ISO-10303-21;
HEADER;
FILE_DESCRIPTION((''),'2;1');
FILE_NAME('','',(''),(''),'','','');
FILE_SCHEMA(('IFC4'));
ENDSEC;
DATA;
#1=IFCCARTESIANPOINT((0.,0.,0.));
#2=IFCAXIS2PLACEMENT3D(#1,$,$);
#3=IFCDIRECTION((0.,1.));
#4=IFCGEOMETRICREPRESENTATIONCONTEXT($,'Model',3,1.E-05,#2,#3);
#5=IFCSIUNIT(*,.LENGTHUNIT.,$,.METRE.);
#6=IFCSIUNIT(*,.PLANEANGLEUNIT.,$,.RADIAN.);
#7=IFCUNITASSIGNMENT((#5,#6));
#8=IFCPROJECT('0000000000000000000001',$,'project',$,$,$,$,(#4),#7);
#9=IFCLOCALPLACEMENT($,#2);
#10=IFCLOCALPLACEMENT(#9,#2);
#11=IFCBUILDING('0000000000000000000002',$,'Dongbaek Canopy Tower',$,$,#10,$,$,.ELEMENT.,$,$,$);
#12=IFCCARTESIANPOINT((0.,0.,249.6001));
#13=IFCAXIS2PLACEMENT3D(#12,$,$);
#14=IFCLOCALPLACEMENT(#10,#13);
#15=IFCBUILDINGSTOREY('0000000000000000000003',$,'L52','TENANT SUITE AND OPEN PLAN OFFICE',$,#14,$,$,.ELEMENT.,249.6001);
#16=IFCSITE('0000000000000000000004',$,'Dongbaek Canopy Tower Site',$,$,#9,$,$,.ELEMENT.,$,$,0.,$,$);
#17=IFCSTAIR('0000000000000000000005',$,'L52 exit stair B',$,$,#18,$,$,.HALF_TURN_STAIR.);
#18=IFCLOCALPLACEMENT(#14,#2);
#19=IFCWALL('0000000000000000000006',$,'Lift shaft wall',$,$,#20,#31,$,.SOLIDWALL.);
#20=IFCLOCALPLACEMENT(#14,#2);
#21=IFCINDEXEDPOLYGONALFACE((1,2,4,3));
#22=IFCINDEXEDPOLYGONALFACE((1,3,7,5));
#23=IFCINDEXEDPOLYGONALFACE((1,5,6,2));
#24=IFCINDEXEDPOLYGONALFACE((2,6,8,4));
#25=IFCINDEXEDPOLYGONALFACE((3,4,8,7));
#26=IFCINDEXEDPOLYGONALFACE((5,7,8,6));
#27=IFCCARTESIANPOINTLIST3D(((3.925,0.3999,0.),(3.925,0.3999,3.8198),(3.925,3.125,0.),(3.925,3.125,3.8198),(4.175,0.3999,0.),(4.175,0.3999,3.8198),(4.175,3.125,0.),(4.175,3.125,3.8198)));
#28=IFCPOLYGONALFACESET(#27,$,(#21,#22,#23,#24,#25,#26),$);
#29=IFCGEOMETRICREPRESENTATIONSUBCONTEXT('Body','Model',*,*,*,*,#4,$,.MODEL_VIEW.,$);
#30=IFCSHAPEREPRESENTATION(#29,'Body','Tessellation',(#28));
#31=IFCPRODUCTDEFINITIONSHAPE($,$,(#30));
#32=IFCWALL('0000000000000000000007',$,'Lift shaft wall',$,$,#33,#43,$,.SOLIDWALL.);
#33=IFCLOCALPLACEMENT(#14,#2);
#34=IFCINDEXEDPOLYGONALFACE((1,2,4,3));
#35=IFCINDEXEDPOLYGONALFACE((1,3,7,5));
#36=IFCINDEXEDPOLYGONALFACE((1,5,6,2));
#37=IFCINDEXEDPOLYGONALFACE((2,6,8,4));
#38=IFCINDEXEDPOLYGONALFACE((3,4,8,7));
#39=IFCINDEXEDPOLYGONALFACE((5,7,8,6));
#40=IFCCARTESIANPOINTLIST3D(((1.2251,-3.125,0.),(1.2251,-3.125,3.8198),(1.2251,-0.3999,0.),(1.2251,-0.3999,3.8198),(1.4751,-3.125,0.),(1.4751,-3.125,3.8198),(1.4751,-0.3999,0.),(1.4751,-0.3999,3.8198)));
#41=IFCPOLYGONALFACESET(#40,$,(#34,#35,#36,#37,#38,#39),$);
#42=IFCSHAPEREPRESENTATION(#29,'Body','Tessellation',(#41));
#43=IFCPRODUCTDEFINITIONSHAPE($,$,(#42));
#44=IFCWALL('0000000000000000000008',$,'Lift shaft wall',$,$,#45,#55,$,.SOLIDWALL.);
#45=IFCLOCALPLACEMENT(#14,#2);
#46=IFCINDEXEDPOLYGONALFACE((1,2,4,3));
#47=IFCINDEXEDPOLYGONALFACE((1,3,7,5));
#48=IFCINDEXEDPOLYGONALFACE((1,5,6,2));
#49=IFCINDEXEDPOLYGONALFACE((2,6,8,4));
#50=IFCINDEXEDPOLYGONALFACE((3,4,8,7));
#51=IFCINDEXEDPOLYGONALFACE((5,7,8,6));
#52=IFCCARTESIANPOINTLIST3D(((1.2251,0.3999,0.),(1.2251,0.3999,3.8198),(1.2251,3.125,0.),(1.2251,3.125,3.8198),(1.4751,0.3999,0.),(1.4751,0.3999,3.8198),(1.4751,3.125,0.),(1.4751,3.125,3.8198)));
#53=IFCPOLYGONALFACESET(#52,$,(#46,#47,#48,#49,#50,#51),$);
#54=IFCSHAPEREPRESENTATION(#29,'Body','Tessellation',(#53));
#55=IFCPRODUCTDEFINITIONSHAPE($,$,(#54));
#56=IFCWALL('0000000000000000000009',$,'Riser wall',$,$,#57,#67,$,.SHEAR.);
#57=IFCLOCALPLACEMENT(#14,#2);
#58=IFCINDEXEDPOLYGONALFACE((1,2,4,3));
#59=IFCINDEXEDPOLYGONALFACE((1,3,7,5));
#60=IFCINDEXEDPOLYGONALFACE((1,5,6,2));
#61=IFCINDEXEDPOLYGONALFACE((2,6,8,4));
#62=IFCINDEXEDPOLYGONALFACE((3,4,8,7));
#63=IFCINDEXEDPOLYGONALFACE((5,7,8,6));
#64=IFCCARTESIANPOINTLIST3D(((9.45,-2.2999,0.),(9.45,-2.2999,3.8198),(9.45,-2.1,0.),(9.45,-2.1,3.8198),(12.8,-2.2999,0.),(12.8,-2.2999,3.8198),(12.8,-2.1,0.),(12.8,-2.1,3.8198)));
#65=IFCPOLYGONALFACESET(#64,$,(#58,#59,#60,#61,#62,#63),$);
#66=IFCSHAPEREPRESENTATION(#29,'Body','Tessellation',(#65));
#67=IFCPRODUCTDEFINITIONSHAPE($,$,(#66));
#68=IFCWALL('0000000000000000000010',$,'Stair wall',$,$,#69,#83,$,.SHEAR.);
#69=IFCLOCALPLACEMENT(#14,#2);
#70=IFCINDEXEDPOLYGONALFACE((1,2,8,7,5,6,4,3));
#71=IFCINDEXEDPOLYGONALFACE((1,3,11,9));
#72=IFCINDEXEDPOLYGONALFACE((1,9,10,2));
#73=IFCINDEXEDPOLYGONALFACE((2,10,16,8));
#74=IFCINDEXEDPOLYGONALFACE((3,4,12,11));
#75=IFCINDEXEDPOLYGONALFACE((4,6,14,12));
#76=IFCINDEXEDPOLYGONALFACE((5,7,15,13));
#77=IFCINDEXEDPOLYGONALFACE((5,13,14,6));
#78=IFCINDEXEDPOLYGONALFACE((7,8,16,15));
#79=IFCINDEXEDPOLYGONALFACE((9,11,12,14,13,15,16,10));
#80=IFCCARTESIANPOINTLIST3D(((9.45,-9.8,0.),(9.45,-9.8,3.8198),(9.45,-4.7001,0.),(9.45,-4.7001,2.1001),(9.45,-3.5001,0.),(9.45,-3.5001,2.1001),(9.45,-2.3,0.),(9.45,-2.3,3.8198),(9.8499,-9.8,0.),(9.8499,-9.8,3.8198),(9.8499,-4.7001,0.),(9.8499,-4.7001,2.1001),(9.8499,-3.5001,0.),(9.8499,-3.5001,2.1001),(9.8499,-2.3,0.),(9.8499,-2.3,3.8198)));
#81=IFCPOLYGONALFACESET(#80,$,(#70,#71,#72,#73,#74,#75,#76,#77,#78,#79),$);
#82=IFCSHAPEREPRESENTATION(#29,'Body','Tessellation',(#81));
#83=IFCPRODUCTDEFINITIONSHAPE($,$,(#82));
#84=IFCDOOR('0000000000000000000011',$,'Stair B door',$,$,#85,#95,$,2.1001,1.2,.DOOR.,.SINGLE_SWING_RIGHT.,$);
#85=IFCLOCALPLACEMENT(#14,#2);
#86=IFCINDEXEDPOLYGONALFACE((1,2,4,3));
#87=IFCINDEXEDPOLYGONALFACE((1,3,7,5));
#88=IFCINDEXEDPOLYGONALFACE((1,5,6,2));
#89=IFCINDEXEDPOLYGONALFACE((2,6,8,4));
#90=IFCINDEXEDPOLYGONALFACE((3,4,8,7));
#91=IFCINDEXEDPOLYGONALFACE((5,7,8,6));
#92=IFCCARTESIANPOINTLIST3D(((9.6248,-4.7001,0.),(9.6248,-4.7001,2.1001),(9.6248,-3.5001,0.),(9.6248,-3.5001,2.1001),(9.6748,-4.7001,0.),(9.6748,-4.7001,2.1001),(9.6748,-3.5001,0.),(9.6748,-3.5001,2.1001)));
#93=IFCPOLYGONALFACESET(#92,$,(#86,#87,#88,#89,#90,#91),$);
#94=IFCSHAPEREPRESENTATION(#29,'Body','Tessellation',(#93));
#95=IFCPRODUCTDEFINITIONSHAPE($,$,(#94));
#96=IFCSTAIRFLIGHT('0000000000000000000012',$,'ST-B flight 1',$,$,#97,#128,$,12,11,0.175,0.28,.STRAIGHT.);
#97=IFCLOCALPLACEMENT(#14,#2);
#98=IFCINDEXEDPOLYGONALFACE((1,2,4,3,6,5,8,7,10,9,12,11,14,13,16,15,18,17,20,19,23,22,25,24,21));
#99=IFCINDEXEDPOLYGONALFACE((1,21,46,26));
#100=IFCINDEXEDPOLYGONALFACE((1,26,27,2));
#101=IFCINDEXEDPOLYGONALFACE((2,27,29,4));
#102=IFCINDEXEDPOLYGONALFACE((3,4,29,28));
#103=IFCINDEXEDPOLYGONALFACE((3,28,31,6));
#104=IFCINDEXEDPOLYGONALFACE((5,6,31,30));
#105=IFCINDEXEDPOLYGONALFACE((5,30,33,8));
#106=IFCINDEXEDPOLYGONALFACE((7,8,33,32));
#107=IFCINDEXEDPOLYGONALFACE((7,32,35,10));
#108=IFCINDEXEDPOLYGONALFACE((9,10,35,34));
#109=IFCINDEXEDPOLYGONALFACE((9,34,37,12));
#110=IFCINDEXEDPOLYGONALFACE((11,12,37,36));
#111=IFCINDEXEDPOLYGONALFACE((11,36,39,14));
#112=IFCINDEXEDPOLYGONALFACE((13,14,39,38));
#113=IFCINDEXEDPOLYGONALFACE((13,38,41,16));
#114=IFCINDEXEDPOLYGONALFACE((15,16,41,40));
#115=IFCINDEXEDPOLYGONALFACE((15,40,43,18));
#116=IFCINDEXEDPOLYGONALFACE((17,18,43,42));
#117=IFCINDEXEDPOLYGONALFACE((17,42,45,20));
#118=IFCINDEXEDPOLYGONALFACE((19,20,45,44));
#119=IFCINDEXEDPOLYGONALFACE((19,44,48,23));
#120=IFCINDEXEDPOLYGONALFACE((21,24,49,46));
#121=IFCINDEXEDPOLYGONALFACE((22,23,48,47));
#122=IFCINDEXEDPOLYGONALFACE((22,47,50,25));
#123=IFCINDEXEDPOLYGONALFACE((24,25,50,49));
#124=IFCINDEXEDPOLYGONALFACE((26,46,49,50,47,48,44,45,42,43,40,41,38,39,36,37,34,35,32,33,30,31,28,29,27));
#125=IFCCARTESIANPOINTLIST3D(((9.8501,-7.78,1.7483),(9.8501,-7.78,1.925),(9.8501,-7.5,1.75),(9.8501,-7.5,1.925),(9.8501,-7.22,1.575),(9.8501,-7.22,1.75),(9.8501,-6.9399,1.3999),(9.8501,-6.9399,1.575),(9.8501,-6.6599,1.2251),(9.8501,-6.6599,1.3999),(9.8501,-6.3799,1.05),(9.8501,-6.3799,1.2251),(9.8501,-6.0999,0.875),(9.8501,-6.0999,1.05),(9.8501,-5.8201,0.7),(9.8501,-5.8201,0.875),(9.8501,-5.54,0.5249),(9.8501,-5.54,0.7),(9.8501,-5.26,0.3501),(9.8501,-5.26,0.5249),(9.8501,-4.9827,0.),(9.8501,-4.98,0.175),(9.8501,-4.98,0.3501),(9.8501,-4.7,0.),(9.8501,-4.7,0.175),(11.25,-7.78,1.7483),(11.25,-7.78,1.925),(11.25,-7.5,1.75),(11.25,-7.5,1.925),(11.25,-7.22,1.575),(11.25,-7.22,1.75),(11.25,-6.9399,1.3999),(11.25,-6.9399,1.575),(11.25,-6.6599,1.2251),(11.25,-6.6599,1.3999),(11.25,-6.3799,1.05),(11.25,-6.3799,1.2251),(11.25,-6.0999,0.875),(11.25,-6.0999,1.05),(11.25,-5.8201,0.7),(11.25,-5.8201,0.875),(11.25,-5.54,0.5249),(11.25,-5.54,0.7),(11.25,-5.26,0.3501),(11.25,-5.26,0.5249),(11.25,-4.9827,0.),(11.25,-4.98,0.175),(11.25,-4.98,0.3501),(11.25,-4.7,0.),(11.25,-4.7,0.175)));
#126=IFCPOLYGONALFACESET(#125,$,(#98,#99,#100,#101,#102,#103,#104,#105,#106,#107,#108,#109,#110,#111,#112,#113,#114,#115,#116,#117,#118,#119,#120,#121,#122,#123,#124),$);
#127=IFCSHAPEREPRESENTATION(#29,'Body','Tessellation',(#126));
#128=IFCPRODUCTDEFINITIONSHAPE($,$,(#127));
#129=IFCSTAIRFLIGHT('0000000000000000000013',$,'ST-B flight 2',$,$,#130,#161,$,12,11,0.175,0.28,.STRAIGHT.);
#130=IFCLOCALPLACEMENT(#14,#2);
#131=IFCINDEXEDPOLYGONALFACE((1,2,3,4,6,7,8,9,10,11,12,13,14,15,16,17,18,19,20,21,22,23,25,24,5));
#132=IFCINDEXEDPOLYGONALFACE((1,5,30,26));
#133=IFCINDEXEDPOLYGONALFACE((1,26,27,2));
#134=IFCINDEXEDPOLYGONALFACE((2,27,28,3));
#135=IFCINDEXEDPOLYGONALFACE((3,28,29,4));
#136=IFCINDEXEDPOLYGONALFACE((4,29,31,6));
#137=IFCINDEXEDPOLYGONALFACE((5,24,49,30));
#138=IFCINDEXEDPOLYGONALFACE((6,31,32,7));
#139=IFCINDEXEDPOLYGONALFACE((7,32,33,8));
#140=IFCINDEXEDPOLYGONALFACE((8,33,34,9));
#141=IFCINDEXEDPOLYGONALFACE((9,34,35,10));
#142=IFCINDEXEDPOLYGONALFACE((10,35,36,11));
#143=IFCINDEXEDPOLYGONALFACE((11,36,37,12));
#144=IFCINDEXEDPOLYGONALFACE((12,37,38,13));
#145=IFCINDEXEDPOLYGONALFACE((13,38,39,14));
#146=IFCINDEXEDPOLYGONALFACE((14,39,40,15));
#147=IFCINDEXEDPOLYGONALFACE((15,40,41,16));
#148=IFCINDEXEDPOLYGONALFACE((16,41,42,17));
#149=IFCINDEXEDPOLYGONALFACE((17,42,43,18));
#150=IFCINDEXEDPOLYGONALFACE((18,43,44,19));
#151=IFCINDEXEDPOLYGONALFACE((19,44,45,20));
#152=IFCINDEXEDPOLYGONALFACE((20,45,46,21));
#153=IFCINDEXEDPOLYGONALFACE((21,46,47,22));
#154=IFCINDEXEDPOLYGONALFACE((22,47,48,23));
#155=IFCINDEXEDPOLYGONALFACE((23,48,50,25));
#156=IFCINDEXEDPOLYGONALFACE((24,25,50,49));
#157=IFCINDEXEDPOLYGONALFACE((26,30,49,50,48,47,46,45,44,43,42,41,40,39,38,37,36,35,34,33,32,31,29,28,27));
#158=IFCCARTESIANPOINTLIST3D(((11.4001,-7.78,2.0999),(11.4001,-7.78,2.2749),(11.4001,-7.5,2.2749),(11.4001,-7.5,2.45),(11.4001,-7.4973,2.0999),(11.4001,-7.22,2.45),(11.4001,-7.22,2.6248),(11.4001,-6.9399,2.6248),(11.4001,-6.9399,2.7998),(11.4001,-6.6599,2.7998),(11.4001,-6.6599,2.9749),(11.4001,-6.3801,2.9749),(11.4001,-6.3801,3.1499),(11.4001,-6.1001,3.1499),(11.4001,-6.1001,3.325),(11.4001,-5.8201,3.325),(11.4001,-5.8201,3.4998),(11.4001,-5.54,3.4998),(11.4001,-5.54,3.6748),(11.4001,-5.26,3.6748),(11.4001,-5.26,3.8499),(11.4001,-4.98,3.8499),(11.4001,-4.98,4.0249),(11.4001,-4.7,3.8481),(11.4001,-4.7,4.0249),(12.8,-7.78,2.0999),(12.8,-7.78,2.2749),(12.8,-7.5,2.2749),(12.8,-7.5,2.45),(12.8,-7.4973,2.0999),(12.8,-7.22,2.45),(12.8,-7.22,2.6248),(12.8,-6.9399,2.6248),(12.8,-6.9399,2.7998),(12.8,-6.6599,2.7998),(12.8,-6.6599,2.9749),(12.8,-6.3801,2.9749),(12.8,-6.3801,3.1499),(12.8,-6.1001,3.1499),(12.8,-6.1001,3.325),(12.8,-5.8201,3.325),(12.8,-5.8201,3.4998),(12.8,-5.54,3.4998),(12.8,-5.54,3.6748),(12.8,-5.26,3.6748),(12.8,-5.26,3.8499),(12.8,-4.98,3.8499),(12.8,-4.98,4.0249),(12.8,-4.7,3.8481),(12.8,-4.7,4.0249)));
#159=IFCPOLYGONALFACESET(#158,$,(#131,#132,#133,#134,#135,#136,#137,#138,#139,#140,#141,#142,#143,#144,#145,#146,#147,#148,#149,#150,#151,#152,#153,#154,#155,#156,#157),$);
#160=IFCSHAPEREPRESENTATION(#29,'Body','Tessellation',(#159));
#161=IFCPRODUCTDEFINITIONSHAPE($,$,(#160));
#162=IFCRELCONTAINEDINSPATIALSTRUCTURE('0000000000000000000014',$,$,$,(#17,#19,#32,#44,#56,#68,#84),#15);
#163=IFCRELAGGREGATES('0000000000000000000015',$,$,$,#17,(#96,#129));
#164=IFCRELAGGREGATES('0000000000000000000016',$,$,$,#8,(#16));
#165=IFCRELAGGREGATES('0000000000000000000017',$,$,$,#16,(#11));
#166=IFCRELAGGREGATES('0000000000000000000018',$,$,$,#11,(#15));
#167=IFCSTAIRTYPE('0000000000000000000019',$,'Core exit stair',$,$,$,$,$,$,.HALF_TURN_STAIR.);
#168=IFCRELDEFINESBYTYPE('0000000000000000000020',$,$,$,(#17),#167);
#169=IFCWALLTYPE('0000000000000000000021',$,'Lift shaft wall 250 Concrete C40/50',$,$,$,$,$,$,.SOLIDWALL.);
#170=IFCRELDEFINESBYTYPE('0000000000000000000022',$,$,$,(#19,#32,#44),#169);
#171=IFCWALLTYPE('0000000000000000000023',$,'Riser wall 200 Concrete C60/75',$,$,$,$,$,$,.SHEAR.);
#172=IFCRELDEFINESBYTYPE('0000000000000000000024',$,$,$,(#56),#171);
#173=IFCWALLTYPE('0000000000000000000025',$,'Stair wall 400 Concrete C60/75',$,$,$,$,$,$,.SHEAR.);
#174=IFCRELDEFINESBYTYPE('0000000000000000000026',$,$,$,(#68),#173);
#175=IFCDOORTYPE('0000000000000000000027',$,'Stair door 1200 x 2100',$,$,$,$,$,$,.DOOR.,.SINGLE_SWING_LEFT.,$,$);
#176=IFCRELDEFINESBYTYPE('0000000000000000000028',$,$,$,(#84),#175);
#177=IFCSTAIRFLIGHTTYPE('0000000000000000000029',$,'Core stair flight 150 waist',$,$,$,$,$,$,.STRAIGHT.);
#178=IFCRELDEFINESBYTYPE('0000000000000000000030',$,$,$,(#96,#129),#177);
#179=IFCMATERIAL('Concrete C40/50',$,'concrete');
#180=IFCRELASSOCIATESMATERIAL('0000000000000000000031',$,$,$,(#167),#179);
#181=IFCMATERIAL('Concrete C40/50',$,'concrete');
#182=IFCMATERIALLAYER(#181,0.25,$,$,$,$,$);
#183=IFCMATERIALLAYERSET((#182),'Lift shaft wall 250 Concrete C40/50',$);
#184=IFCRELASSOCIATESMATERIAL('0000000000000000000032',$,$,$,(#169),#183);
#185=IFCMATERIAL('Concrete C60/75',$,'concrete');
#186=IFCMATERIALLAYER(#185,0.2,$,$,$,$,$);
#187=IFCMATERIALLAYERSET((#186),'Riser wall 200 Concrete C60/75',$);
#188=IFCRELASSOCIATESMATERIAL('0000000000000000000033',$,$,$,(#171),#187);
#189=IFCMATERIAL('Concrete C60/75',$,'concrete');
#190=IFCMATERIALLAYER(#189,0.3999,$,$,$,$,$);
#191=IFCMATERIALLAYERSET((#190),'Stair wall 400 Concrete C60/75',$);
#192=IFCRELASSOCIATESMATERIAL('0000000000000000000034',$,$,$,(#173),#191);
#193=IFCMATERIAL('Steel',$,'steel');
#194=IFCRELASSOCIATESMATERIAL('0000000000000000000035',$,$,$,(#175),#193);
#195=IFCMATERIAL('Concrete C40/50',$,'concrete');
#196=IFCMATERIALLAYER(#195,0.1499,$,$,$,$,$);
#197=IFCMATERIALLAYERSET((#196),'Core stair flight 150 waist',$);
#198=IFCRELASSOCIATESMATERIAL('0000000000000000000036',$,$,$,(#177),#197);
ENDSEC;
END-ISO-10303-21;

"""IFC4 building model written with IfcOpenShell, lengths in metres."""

from ifc_helpers import new_model, si_unit, direction, frame, frame_2d, origin, place, context, subcontext, project, spatial, polyline, rectangle, outline, extrude, material, layer, layer_set, type_object, element, fill, aggregate, save


model = new_model("IFC4")

# Units and contexts
model_context = context("Model", 3, precision=1e-05, world=origin(), true_north=direction((0.0, 1.0)))
body_context = subcontext(model_context, "Body", "Model", "MODEL_VIEW")
ifc_project = project(units=[si_unit("LENGTHUNIT", "METRE"), si_unit("PLANEANGLEUNIT", "RADIAN")], contexts=[model_context])

# Site, building, storey
site_placement = place(None, origin())
site = spatial("IfcSite", under=ifc_project, at=site_placement, Name="Dongbaek Canopy Tower Site", CompositionType="ELEMENT", RefElevation=0.0)
building_placement = place(site_placement, origin())
building = spatial("IfcBuilding", under=site, at=building_placement, Name="Dongbaek Canopy Tower", CompositionType="ELEMENT")
storey_placement = place(building_placement, frame((0.0, 0.0, 249.6001)))
storey = spatial("IfcBuildingStorey", under=building, at=storey_placement, Name="L52", Description="TENANT SUITE AND OPEN PLAN OFFICE", CompositionType="ELEMENT", Elevation=249.6001)

# Stair
ifc_material_1 = material(Name="Concrete C40/50", Category="concrete")
stair_type = type_object("IfcStairType", Name="Core exit stair", PredefinedType="HALF_TURN_STAIR", material=ifc_material_1)
stair_1_placement = place(storey_placement, origin())
stair_1 = element("IfcStair", 1, at=stair_1_placement, inside=storey, type_object=stair_type, Name="L52 exit stair B", PredefinedType="HALF_TURN_STAIR")

# Walls
ifc_material_2 = material(Name="Concrete C40/50", Category="concrete")
ifc_layer_1 = layer(ifc_material_2, 0.25)
ifc_layer_set_1 = layer_set([ifc_layer_1], Name="Lift shaft wall 250 Concrete C40/50")
wall_type_1 = type_object("IfcWallType", Name="Lift shaft wall 250 Concrete C40/50", PredefinedType="SOLIDWALL", material=ifc_layer_set_1)
for number, where, z_axis, x_axis, name in (
    (2, (4.05, 0.3999, 0.0), (0.0, 0.0, 1.0), (0.0, 1.0, 0.0), "Lift shaft wall"),
    (3, (1.3501, -3.125, 0.0), (0.0, 0.0, 1.0), (0.0, 1.0, 0.0), "Lift shaft wall"),
    (4, (1.3501, 0.3999, 0.0), (0.0, 0.0, 1.0), (0.0, 1.0, 0.0), "Lift shaft wall"),
):
    element("IfcWall", number, at=place(storey_placement, frame(where, z_axis=z_axis, x_axis=x_axis)), inside=storey, type_object=wall_type_1, Name=name, PredefinedType="SOLIDWALL", context=body_context, shape_type="SweptSolid", body=[
        extrude(rectangle(XDim=2.7251, YDim=0.25, at=frame_2d((1.3625, 0.0))), origin(), (0.0, 0.0, 1.0), 3.8198),
    ])
ifc_material_3 = material(Name="Concrete C60/75", Category="concrete")
ifc_layer_2 = layer(ifc_material_3, 0.2)
ifc_layer_set_2 = layer_set([ifc_layer_2], Name="Riser wall 200 Concrete C60/75")
wall_type_2 = type_object("IfcWallType", Name="Riser wall 200 Concrete C60/75", PredefinedType="SHEAR", material=ifc_layer_set_2)
wall_1_placement = place(storey_placement, frame((9.45, -2.2, 0.0), z_axis=(0.0, 0.0, 1.0), x_axis=(1.0, 0.0, 0.0)))
element("IfcWall", 5, at=wall_1_placement, inside=storey, type_object=wall_type_2, Name="Riser wall", PredefinedType="SHEAR", context=body_context, shape_type="SweptSolid", body=[
    extrude(rectangle(XDim=3.3501, YDim=0.2, at=frame_2d((1.675, 0.0))), origin(), (0.0, 0.0, 1.0), 3.8198),
])

# Wall, opening, door
ifc_material_4 = material(Name="Concrete C60/75", Category="concrete")
ifc_layer_3 = layer(ifc_material_4, 0.3999)
ifc_layer_set_3 = layer_set([ifc_layer_3], Name="Stair wall 400 Concrete C60/75")
wall_type_3 = type_object("IfcWallType", Name="Stair wall 400 Concrete C60/75", PredefinedType="SHEAR", material=ifc_layer_set_3)
wall_2_placement = place(storey_placement, frame((9.6499, -2.3, 0.0), z_axis=(0.0, 0.0, 1.0), x_axis=(0.0, -1.0, 0.0)))
wall_2 = element("IfcWall", 6, at=wall_2_placement, inside=storey, type_object=wall_type_3, Name="Stair wall", PredefinedType="SHEAR", context=body_context, shape_type="SweptSolid", body=[
    extrude(rectangle(XDim=7.5, YDim=0.3999, at=frame_2d((3.75, 0.0))), origin(), (0.0, 0.0, 1.0), 3.8198),
])
opening_1_placement = place(wall_2_placement, frame((1.2, 0.0, 0.0)))
opening_1 = element("IfcOpeningElement", 7, at=opening_1_placement, cuts=wall_2, PredefinedType="OPENING", context=body_context, shape_type="SweptSolid", body=[
    extrude(rectangle(XDim=1.2, YDim=2.1001, at=frame_2d((0.6001, 1.05))), frame((0.0, 0.21, 0.0), z_axis=(0.0, -1.0, 0.0), x_axis=(1.0, 0.0, 0.0)), (0.0, 0.0, 1.0), 0.4199),
])
ifc_material_5 = material(Name="Steel", Category="steel")
door_type_1 = type_object("IfcDoorType", Name="Stair door 1200 x 2100", OperationType="SINGLE_SWING_LEFT", PredefinedType="DOOR", material=ifc_material_5)
door_1_placement = place(opening_1_placement, origin())
door_1 = element("IfcDoor", 8, at=door_1_placement, inside=storey, type_object=door_type_1, Name="Stair B door", OperationType="SINGLE_SWING_RIGHT", OverallHeight=2.1001, OverallWidth=1.2, PredefinedType="DOOR", context=body_context, shape_type="SweptSolid", body=[
    extrude(rectangle(XDim=1.2, YDim=2.1001, at=frame_2d((0.6001, 1.05))), frame((0.0, 0.0249, 0.0), z_axis=(0.0, -1.0, 0.0), x_axis=(1.0, 0.0, 0.0)), (0.0, 0.0, 1.0), 0.05),
])
fill(opening_1, door_1)

# Stair flights
ifc_material_6 = material(Name="Concrete C40/50", Category="concrete")
ifc_layer_4 = layer(ifc_material_6, 0.1499)
ifc_layer_set_4 = layer_set([ifc_layer_4], Name="Core stair flight 150 waist")
stair_flight_type = type_object("IfcStairFlightType", Name="Core stair flight 150 waist", PredefinedType="STRAIGHT", material=ifc_layer_set_4)
stair_flight_1_placement = place(storey_placement, frame((10.55, -4.7, 0.0), z_axis=(0.0, 0.0, 1.0), x_axis=(0.0, -1.0, 0.0)))
stair_flight_1 = element("IfcStairFlight", 9, at=stair_flight_1_placement, type_object=stair_flight_type, Name="ST-B flight 1", NumberOfRisers=12, NumberOfTreads=11, PredefinedType="STRAIGHT", RiserHeight=0.175, TreadLength=0.28, context=body_context, shape_type="SweptSolid", body=[
    extrude(outline(polyline([(0.0, 0.0), (0.0, 0.175), (0.28, 0.175), (0.28, 0.3501), (0.5601, 0.3501), (0.5601, 0.5249), (0.8401, 0.5249), (0.8401, 0.7), (1.1201, 0.7), (1.1201, 0.875), (1.3999, 0.875), (1.3999, 1.05), (1.6799, 1.05), (1.6799, 1.2251), (1.96, 1.2251), (1.96, 1.3999), (2.24, 1.3999), (2.24, 1.575), (2.52, 1.575), (2.52, 1.75), (2.8, 1.75), (2.8, 1.925), (3.0801, 1.925), (3.0801, 2.1001), (3.0801, 1.7483), (0.2827, 0.0), (0.0, 0.0)])), frame((0.0, 0.7, 0.0), z_axis=(0.0, -1.0, 0.0), x_axis=(1.0, 0.0, 0.0)), (0.0, 0.0, 1.0), 1.3999),
])
stair_flight_2_placement = place(storey_placement, frame((12.1001, -7.78, 2.0999), z_axis=(0.0, 0.0, 1.0), x_axis=(0.0, 1.0, 0.0)))
stair_flight_2 = element("IfcStairFlight", 10, at=stair_flight_2_placement, type_object=stair_flight_type, Name="ST-B flight 2", NumberOfRisers=12, NumberOfTreads=11, PredefinedType="STRAIGHT", RiserHeight=0.175, TreadLength=0.28, context=body_context, shape_type="SweptSolid", body=[
    extrude(outline(polyline([(0.0, 0.0), (0.0, 0.175), (0.28, 0.175), (0.28, 0.3501), (0.5601, 0.3501), (0.5601, 0.5249), (0.8401, 0.5249), (0.8401, 0.7), (1.1201, 0.7), (1.1201, 0.875), (1.3999, 0.875), (1.3999, 1.05), (1.6799, 1.05), (1.6799, 1.2251), (1.96, 1.2251), (1.96, 1.3999), (2.24, 1.3999), (2.24, 1.575), (2.52, 1.575), (2.52, 1.75), (2.8, 1.75), (2.8, 1.925), (3.0801, 1.925), (3.0801, 2.1001), (3.0801, 1.7483), (0.2827, 0.0), (0.0, 0.0)])), frame((0.0, 0.7, 0.0), z_axis=(0.0, -1.0, 0.0), x_axis=(1.0, 0.0, 0.0)), (0.0, 0.0, 1.0), 1.3999),
])
aggregate(stair_1, [stair_flight_1, stair_flight_2])

save(model, "model.ifc")
